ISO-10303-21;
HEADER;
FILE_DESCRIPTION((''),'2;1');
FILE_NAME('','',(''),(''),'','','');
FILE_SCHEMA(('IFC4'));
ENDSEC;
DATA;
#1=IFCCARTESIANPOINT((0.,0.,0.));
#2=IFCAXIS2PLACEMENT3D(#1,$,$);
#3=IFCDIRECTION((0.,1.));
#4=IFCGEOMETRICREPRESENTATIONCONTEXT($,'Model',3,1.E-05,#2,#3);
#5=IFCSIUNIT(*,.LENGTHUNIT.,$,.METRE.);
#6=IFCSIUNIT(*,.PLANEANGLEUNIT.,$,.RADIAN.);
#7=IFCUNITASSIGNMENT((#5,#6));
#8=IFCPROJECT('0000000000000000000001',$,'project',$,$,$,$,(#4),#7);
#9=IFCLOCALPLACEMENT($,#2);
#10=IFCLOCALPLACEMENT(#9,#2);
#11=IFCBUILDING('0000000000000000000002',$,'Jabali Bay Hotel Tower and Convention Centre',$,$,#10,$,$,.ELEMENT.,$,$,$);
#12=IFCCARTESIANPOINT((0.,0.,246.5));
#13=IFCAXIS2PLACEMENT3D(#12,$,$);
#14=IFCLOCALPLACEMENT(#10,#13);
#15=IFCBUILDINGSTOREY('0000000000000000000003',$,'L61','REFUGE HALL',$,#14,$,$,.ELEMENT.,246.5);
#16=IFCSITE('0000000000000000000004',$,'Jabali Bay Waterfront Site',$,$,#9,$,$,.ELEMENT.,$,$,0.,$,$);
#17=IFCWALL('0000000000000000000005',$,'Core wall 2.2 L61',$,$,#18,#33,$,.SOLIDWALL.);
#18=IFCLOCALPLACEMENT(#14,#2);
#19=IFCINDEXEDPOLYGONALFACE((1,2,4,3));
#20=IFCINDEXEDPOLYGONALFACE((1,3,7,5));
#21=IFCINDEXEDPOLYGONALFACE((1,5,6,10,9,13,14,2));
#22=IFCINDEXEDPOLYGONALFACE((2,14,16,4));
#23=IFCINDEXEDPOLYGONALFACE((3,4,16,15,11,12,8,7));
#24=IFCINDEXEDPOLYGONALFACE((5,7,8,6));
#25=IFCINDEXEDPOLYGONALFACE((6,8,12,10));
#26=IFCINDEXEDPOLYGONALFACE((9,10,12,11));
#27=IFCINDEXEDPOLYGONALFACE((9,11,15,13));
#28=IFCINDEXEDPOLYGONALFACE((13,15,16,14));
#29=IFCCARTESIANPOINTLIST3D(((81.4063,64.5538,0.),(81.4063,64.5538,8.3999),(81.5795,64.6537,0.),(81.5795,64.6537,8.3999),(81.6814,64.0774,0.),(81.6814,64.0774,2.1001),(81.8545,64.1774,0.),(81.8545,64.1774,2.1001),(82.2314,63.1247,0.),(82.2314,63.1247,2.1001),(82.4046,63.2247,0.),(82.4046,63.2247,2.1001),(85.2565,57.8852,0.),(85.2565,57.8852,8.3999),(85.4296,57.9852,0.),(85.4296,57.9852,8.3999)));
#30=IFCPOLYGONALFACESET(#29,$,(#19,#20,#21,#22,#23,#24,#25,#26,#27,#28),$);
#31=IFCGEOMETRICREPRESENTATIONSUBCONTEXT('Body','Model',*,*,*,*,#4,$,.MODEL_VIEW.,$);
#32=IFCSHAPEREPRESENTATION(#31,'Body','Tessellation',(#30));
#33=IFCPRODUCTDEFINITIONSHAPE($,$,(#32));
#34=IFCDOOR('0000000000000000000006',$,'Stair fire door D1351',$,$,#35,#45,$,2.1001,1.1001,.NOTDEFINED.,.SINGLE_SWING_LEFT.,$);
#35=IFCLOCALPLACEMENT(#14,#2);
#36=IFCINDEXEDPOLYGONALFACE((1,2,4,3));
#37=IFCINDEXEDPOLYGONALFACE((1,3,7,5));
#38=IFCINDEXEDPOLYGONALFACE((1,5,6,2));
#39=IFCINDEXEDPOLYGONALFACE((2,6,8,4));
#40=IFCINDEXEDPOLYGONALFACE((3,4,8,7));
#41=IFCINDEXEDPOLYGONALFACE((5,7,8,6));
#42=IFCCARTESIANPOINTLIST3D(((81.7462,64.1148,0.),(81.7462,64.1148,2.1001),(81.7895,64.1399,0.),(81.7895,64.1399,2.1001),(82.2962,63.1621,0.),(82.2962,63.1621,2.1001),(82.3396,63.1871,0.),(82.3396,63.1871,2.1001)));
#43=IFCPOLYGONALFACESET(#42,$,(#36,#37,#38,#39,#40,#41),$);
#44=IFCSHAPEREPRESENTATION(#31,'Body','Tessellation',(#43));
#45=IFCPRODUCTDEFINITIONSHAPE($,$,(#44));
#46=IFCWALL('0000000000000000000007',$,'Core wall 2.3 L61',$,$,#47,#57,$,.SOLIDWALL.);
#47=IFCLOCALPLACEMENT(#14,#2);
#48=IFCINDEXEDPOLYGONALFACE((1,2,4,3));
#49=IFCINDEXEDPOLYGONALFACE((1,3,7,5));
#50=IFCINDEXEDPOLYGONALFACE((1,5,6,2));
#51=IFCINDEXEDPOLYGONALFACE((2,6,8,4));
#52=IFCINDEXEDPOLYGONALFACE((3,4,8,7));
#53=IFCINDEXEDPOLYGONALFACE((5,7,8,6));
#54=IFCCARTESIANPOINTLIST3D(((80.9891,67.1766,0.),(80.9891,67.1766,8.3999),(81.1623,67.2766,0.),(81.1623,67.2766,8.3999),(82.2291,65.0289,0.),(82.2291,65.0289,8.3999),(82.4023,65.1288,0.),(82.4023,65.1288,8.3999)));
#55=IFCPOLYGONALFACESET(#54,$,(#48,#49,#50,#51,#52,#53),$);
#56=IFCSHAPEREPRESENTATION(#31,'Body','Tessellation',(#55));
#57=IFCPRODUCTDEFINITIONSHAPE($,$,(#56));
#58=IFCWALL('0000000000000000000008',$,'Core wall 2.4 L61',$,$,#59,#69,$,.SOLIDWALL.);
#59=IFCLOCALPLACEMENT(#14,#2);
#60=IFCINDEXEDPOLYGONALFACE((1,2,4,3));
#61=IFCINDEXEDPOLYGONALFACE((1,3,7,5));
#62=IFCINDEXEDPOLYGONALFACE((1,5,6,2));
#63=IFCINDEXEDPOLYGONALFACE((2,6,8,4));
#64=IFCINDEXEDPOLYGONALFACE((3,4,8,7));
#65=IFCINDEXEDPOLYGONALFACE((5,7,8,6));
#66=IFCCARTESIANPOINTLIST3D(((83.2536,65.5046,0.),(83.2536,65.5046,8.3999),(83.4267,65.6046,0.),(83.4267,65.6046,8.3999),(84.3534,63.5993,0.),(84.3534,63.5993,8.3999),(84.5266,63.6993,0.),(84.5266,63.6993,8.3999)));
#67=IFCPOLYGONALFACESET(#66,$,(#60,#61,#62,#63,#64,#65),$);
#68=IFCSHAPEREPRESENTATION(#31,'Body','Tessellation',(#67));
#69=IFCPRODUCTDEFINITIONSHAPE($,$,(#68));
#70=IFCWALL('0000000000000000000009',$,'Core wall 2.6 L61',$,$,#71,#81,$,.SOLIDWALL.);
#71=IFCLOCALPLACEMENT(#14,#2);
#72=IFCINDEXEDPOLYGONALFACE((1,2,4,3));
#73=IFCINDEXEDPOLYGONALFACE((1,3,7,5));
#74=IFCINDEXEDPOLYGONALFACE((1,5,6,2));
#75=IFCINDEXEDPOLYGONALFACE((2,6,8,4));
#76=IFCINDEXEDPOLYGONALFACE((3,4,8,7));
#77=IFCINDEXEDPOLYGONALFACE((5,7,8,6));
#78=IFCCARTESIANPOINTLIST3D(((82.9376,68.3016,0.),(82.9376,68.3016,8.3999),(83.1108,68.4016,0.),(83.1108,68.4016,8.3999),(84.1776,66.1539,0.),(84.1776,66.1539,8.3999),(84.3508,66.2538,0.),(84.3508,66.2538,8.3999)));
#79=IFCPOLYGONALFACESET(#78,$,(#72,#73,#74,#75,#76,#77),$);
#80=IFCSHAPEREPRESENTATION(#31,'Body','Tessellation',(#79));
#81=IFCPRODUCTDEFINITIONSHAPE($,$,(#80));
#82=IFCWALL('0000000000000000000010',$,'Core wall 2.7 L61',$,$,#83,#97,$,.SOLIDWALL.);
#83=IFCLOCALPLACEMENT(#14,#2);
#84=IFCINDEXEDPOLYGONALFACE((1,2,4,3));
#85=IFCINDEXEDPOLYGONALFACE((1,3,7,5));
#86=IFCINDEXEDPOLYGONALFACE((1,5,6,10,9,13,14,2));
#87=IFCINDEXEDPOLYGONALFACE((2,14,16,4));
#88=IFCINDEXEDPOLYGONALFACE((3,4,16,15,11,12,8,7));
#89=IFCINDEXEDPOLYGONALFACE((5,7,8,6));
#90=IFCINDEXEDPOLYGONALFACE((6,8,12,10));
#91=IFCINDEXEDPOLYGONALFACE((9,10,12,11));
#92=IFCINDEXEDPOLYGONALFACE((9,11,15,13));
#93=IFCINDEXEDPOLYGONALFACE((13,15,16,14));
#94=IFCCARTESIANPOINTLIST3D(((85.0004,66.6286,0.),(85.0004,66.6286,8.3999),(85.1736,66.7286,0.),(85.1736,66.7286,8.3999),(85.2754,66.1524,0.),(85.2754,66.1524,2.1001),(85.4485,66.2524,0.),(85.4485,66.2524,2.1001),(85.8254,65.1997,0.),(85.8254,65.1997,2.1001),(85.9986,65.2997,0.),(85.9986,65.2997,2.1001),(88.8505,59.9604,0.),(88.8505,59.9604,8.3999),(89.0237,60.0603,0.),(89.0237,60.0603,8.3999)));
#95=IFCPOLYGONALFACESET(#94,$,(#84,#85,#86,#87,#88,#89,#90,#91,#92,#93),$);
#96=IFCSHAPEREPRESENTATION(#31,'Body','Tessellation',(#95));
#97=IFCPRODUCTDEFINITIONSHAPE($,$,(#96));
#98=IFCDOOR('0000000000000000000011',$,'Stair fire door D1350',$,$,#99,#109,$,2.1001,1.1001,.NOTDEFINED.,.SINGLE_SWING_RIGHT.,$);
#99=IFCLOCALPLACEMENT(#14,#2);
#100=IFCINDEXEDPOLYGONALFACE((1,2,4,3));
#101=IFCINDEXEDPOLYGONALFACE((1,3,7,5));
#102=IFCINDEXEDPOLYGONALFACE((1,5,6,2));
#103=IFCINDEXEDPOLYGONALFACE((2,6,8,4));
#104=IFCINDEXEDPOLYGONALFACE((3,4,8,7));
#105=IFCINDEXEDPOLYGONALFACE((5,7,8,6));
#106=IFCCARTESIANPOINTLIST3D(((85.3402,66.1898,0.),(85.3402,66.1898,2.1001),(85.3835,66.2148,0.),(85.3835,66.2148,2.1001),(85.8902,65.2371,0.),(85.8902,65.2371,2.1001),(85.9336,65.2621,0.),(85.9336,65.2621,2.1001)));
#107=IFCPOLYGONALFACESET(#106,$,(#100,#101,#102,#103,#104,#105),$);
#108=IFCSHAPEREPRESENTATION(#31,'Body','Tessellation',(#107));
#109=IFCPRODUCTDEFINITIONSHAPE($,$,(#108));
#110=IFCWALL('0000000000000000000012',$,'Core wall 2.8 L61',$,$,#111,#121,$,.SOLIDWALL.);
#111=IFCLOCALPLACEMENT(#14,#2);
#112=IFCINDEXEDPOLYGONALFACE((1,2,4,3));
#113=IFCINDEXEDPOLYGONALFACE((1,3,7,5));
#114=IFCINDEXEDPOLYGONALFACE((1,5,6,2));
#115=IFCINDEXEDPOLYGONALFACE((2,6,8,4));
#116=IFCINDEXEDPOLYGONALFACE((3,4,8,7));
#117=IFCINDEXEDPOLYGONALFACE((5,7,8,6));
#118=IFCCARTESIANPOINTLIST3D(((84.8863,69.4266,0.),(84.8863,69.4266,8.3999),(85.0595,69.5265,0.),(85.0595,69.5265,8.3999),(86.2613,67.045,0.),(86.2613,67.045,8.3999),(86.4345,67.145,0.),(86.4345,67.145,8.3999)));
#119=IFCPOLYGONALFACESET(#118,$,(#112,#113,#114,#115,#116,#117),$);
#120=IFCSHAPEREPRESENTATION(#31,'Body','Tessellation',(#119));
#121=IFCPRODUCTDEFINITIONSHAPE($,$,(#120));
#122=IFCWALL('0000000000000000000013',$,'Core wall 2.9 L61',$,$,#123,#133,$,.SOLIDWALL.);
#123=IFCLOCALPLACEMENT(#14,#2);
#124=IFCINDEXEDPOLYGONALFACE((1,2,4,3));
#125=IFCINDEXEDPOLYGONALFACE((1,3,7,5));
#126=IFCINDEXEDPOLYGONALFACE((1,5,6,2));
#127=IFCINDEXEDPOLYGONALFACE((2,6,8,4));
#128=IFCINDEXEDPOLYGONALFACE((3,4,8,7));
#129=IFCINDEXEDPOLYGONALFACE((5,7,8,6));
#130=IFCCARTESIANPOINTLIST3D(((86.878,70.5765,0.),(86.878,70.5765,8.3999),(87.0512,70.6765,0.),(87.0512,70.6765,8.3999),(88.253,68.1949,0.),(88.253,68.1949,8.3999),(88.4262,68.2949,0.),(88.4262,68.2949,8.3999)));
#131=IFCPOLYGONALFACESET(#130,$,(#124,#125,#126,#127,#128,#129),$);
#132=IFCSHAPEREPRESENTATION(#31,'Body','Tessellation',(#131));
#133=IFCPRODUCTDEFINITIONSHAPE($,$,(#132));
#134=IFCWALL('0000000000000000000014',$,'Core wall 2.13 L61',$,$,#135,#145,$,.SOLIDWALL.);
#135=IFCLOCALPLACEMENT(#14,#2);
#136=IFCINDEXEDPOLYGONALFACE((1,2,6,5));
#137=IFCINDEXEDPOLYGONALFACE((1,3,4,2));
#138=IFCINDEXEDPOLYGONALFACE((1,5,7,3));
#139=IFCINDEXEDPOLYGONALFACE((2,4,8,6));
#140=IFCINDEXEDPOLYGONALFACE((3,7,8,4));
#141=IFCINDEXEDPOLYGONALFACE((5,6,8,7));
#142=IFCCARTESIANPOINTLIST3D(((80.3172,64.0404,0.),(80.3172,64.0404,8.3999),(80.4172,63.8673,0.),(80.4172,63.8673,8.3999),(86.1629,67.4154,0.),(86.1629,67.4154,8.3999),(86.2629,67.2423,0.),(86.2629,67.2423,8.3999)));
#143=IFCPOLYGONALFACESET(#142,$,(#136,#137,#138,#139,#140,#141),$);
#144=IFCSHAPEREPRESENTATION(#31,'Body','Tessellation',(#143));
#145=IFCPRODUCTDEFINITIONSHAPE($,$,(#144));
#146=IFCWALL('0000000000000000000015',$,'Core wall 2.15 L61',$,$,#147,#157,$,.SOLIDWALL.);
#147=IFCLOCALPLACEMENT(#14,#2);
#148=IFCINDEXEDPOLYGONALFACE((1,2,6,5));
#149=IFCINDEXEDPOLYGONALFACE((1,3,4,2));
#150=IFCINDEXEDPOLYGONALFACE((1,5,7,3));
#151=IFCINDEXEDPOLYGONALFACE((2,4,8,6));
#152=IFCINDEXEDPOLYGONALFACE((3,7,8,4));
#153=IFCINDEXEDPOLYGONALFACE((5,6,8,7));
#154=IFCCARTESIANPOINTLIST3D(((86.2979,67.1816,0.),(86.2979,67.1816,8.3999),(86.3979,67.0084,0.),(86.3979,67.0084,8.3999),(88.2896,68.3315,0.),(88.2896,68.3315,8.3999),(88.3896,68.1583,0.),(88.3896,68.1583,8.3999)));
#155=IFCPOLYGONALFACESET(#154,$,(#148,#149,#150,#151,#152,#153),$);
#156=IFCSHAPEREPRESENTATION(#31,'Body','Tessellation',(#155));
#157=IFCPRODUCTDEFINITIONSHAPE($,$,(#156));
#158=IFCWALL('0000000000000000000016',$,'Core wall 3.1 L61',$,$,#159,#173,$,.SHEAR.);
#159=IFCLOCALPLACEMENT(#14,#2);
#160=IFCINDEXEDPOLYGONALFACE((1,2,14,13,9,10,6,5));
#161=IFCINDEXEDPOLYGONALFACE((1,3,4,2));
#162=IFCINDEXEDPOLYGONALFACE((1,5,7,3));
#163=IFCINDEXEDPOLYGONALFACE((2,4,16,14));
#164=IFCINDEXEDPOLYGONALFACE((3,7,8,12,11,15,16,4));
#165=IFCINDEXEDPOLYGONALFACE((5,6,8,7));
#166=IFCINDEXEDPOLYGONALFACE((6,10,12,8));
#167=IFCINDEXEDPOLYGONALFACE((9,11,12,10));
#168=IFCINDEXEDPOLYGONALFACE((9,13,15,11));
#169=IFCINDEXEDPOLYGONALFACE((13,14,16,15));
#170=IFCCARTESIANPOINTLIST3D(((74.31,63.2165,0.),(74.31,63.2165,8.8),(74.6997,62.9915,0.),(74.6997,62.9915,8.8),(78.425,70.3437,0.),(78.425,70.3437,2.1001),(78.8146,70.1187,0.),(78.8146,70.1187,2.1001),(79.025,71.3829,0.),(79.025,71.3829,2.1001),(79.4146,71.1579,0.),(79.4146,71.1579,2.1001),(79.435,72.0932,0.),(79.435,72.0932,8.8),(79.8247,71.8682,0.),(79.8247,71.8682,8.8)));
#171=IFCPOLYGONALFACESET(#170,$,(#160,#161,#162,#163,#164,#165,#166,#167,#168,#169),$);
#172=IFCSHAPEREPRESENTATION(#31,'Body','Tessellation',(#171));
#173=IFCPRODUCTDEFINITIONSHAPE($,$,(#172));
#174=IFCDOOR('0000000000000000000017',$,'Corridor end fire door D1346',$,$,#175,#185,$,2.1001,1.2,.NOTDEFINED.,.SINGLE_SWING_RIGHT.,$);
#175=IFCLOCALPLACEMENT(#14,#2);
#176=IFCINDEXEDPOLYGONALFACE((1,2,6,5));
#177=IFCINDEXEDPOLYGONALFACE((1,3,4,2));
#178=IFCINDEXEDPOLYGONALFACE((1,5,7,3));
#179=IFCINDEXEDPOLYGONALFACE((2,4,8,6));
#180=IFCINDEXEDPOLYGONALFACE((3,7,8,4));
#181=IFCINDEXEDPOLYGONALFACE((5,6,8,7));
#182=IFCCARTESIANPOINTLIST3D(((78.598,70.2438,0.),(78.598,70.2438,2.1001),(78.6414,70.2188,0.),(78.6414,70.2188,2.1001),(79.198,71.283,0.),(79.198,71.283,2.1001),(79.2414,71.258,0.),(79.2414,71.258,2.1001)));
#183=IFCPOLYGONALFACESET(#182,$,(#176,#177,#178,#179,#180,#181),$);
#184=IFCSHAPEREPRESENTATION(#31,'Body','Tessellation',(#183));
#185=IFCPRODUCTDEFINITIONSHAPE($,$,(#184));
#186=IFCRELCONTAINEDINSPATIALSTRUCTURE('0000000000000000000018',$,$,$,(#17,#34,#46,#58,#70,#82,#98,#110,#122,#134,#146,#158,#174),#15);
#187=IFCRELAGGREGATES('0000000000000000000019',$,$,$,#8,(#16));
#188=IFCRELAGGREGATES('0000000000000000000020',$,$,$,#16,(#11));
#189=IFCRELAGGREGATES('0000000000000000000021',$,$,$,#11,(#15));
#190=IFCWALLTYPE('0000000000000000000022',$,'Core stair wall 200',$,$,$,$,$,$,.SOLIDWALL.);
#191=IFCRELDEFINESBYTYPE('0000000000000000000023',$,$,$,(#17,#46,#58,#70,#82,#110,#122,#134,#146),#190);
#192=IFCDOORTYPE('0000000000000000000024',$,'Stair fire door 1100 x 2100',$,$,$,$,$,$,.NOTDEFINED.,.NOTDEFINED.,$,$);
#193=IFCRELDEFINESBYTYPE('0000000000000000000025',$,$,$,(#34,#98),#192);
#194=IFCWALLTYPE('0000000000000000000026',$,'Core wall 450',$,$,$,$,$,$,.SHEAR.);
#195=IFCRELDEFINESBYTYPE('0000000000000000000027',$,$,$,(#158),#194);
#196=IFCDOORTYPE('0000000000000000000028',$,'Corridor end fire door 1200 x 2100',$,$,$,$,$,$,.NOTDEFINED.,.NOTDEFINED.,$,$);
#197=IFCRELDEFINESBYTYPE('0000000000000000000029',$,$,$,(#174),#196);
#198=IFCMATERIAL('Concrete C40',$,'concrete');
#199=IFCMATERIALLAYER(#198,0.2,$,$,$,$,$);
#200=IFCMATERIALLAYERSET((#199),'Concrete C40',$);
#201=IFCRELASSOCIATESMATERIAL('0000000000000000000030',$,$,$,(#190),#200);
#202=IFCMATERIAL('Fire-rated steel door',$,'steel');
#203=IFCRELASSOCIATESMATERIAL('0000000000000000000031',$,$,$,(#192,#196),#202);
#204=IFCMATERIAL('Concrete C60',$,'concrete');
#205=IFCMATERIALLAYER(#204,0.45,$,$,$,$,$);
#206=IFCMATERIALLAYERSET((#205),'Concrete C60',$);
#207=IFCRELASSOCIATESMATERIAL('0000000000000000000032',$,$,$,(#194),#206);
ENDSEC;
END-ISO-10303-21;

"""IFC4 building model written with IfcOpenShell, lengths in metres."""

from ifc_helpers import new_model, si_unit, direction, frame, frame_2d, origin, place, context, subcontext, project, spatial, rectangle, extrude, material, layer, layer_set, type_object, element, fill, save


model = new_model("IFC4")

# Units and contexts
model_context = context("Model", 3, precision=1e-05, world=origin(), true_north=direction((0.0, 1.0)))
body_context = subcontext(model_context, "Body", "Model", "MODEL_VIEW")
ifc_project = project(units=[si_unit("LENGTHUNIT", "METRE"), si_unit("PLANEANGLEUNIT", "RADIAN")], contexts=[model_context])

# Site, building, storey
site_placement = place(None, origin())
site = spatial("IfcSite", under=ifc_project, at=site_placement, Name="Jabali Bay Waterfront Site", CompositionType="ELEMENT", RefElevation=0.0)
building_placement = place(site_placement, origin())
building = spatial("IfcBuilding", under=site, at=building_placement, Name="Jabali Bay Hotel Tower and Convention Centre", CompositionType="ELEMENT")
storey_placement = place(building_placement, frame((0.0, 0.0, 246.5)))
storey = spatial("IfcBuildingStorey", under=building, at=storey_placement, Name="L61", Description="REFUGE HALL", CompositionType="ELEMENT", Elevation=246.5)

# Wall, opening, door
ifc_material_1 = material(Name="Concrete C40", Category="concrete")
ifc_layer_1 = layer(ifc_material_1, 0.2)
ifc_layer_set_1 = layer_set([ifc_layer_1], Name="Concrete C40")
wall_type_1 = type_object("IfcWallType", Name="Core stair wall 200", PredefinedType="SOLIDWALL", material=ifc_layer_set_1)
wall_1_placement = place(storey_placement, frame((81.4929, 64.6038, 0.0), z_axis=(0.0, 0.0, 1.0), x_axis=(0.500006, -0.866022, 0.0)))
wall_1 = element("IfcWall", 1, at=wall_1_placement, inside=storey, type_object=wall_type_1, Name="Core wall 2.2 L61", PredefinedType="SOLIDWALL", context=body_context, shape_type="SweptSolid", body=[
    extrude(rectangle(XDim=7.7002, YDim=0.2, at=frame_2d((3.8501, 0.0))), origin(), (0.0, 0.0, 1.0), 8.3999),
])
opening_1_placement = place(wall_1_placement, frame((0.55, 0.0, 0.0)))
opening_1 = element("IfcOpeningElement", 2, at=opening_1_placement, cuts=wall_1, PredefinedType="OPENING", context=body_context, shape_type="SweptSolid", body=[
    extrude(rectangle(XDim=1.1001, YDim=2.1001, at=frame_2d((0.55, 1.05))), frame((0.0, 0.1104, 0.0), z_axis=(0.0, -1.0, 0.0), x_axis=(1.0, 0.0, 0.0)), (0.0, 0.0, 1.0), 0.2209),
])
ifc_material_2 = material(Name="Fire-rated steel door", Category="steel")
door_type_1 = type_object("IfcDoorType", Name="Stair fire door 1100 x 2100", OperationType="NOTDEFINED", PredefinedType="NOTDEFINED", material=ifc_material_2)
door_1_placement = place(opening_1_placement, origin())
door_1 = element("IfcDoor", 3, at=door_1_placement, inside=storey, type_object=door_type_1, Name="Stair fire door D1351", OperationType="SINGLE_SWING_LEFT", OverallHeight=2.1001, OverallWidth=1.1001, PredefinedType="NOTDEFINED", context=body_context, shape_type="SweptSolid", body=[
    extrude(rectangle(XDim=1.1001, YDim=2.1001, at=frame_2d((0.55, 1.05))), frame((0.0, 0.0249, 0.0), z_axis=(0.0, -1.0, 0.0), x_axis=(1.0, 0.0, 0.0)), (0.0, 0.0, 1.0), 0.05),
])
fill(opening_1, door_1)

# Walls
wall_2_placement = place(storey_placement, frame((81.0757, 67.2266, 0.0), z_axis=(0.0, 0.0, 1.0), x_axis=(0.500004, -0.866023, 0.0)))
element("IfcWall", 4, at=wall_2_placement, inside=storey, type_object=wall_type_1, Name="Core wall 2.3 L61", PredefinedType="SOLIDWALL", context=body_context, shape_type="SweptSolid", body=[
    extrude(rectangle(XDim=2.48, YDim=0.2, at=frame_2d((1.24, 0.0))), origin(), (0.0, 0.0, 1.0), 8.3999),
])
wall_3_placement = place(storey_placement, frame((83.3401, 65.5547, 0.0), z_axis=(0.0, 0.0, 1.0), x_axis=(0.499947, -0.866056, 0.0)))
element("IfcWall", 5, at=wall_3_placement, inside=storey, type_object=wall_type_1, Name="Core wall 2.4 L61", PredefinedType="SOLIDWALL", context=body_context, shape_type="SweptSolid", body=[
    extrude(rectangle(XDim=2.2, YDim=0.2, at=frame_2d((1.1001, 0.0))), origin(), (0.0, 0.0, 1.0), 8.3999),
])
wall_4_placement = place(storey_placement, frame((83.0242, 68.3516, 0.0), z_axis=(0.0, 0.0, 1.0), x_axis=(0.500004, -0.866023, 0.0)))
element("IfcWall", 6, at=wall_4_placement, inside=storey, type_object=wall_type_1, Name="Core wall 2.6 L61", PredefinedType="SOLIDWALL", context=body_context, shape_type="SweptSolid", body=[
    extrude(rectangle(XDim=2.48, YDim=0.2, at=frame_2d((1.24, 0.0))), origin(), (0.0, 0.0, 1.0), 8.3999),
])

# Wall, opening, door
wall_5_placement = place(storey_placement, frame((85.0869, 66.6787, 0.0), z_axis=(0.0, 0.0, 1.0), x_axis=(0.50002, -0.866014, 0.0)))
wall_5 = element("IfcWall", 7, at=wall_5_placement, inside=storey, type_object=wall_type_1, Name="Core wall 2.7 L61", PredefinedType="SOLIDWALL", context=body_context, shape_type="SweptSolid", body=[
    extrude(rectangle(XDim=7.7, YDim=0.2, at=frame_2d((3.8501, 0.0))), origin(), (0.0, 0.0, 1.0), 8.3999),
])
opening_2_placement = place(wall_5_placement, frame((0.55, 0.0, 0.0)))
opening_2 = element("IfcOpeningElement", 8, at=opening_2_placement, cuts=wall_5, PredefinedType="OPENING", context=body_context, shape_type="SweptSolid", body=[
    extrude(rectangle(XDim=1.1001, YDim=2.1001, at=frame_2d((0.55, 1.05))), frame((0.0, 0.1104, 0.0), z_axis=(0.0, -1.0, 0.0), x_axis=(1.0, 0.0, 0.0)), (0.0, 0.0, 1.0), 0.2209),
])
door_2_placement = place(opening_2_placement, origin())
door_2 = element("IfcDoor", 9, at=door_2_placement, inside=storey, type_object=door_type_1, Name="Stair fire door D1350", OperationType="SINGLE_SWING_RIGHT", OverallHeight=2.1001, OverallWidth=1.1001, PredefinedType="NOTDEFINED", context=body_context, shape_type="SweptSolid", body=[
    extrude(rectangle(XDim=1.1001, YDim=2.1001, at=frame_2d((0.55, 1.05))), frame((0.0, 0.0249, 0.0), z_axis=(0.0, -1.0, 0.0), x_axis=(1.0, 0.0, 0.0)), (0.0, 0.0, 1.0), 0.05),
])
fill(opening_2, door_2)

# Walls
for number, where, z_axis, x_axis, name in (
    (10, (84.9729, 69.4766, 0.0), (0.0, 0.0, 1.0), (0.499997, -0.866027, 0.0), "Core wall 2.8 L61"),
    (11, (86.9646, 70.6265, 0.0), (0.0, 0.0, 1.0), (0.499997, -0.866027, 0.0), "Core wall 2.9 L61"),
):
    element("IfcWall", number, at=place(storey_placement, frame(where, z_axis=z_axis, x_axis=x_axis)), inside=storey, type_object=wall_type_1, Name=name, PredefinedType="SOLIDWALL", context=body_context, shape_type="SweptSolid", body=[
        extrude(rectangle(XDim=2.75, YDim=0.2, at=frame_2d((1.375, 0.0))), origin(), (0.0, 0.0, 1.0), 8.3999),
    ])
wall_6_placement = place(storey_placement, frame((80.3672, 63.9539, 0.0), z_axis=(0.0, 0.0, 1.0), x_axis=(0.866027, 0.499998, 0.0)))
element("IfcWall", 12, at=wall_6_placement, inside=storey, type_object=wall_type_1, Name="Core wall 2.13 L61", PredefinedType="SOLIDWALL", context=body_context, shape_type="SweptSolid", body=[
    extrude(rectangle(XDim=6.75, YDim=0.2, at=frame_2d((3.375, 0.0))), origin(), (0.0, 0.0, 1.0), 8.3999),
])
wall_7_placement = place(storey_placement, frame((86.3479, 67.095, 0.0), z_axis=(0.0, 0.0, 1.0), x_axis=(0.866026, 0.499998, 0.0)))
element("IfcWall", 13, at=wall_7_placement, inside=storey, type_object=wall_type_1, Name="Core wall 2.15 L61", PredefinedType="SOLIDWALL", context=body_context, shape_type="SweptSolid", body=[
    extrude(rectangle(XDim=2.2998, YDim=0.2, at=frame_2d((1.1499, 0.0))), origin(), (0.0, 0.0, 1.0), 8.3999),
])

# Wall, opening, door
ifc_material_3 = material(Name="Concrete C60", Category="concrete")
ifc_layer_2 = layer(ifc_material_3, 0.45)
ifc_layer_set_2 = layer_set([ifc_layer_2], Name="Concrete C60")
wall_type_2 = type_object("IfcWallType", Name="Core wall 450", PredefinedType="SHEAR", material=ifc_layer_set_2)
wall_8_placement = place(storey_placement, frame((79.6299, 71.9807, 0.0), z_axis=(0.0, 0.0, 1.0), x_axis=(-0.500002, -0.866024, 0.0)))
wall_8 = element("IfcWall", 14, at=wall_8_placement, inside=storey, type_object=wall_type_2, Name="Core wall 3.1 L61", PredefinedType="SHEAR", context=body_context, shape_type="SweptSolid", body=[
    extrude(rectangle(XDim=10.25, YDim=0.45, at=frame_2d((5.125, 0.0))), origin(), (0.0, 0.0, 1.0), 8.8),
])
opening_3_placement = place(wall_8_placement, frame((0.8201, 0.0, 0.0)))
opening_3 = element("IfcOpeningElement", 15, at=opening_3_placement, cuts=wall_8, PredefinedType="OPENING", context=body_context, shape_type="SweptSolid", body=[
    extrude(rectangle(XDim=1.2, YDim=2.1001, at=frame_2d((0.6001, 1.05))), frame((0.0, 0.2354, 0.0), z_axis=(0.0, -1.0, 0.0), x_axis=(1.0, 0.0, 0.0)), (0.0, 0.0, 1.0), 0.4709),
])
door_type_2 = type_object("IfcDoorType", Name="Corridor end fire door 1200 x 2100", OperationType="NOTDEFINED", PredefinedType="NOTDEFINED", material=ifc_material_2)
door_3_placement = place(opening_3_placement, origin())
door_3 = element("IfcDoor", 16, at=door_3_placement, inside=storey, type_object=door_type_2, Name="Corridor end fire door D1346", OperationType="SINGLE_SWING_RIGHT", OverallHeight=2.1001, OverallWidth=1.2, PredefinedType="NOTDEFINED", context=body_context, shape_type="SweptSolid", body=[
    extrude(rectangle(XDim=1.2, YDim=2.1001, at=frame_2d((0.6001, 1.05))), frame((0.0, 0.0249, 0.0), z_axis=(0.0, -1.0, 0.0), x_axis=(1.0, 0.0, 0.0)), (0.0, 0.0, 1.0), 0.05),
])
fill(opening_3, door_3)

save(model, "model.ifc")
